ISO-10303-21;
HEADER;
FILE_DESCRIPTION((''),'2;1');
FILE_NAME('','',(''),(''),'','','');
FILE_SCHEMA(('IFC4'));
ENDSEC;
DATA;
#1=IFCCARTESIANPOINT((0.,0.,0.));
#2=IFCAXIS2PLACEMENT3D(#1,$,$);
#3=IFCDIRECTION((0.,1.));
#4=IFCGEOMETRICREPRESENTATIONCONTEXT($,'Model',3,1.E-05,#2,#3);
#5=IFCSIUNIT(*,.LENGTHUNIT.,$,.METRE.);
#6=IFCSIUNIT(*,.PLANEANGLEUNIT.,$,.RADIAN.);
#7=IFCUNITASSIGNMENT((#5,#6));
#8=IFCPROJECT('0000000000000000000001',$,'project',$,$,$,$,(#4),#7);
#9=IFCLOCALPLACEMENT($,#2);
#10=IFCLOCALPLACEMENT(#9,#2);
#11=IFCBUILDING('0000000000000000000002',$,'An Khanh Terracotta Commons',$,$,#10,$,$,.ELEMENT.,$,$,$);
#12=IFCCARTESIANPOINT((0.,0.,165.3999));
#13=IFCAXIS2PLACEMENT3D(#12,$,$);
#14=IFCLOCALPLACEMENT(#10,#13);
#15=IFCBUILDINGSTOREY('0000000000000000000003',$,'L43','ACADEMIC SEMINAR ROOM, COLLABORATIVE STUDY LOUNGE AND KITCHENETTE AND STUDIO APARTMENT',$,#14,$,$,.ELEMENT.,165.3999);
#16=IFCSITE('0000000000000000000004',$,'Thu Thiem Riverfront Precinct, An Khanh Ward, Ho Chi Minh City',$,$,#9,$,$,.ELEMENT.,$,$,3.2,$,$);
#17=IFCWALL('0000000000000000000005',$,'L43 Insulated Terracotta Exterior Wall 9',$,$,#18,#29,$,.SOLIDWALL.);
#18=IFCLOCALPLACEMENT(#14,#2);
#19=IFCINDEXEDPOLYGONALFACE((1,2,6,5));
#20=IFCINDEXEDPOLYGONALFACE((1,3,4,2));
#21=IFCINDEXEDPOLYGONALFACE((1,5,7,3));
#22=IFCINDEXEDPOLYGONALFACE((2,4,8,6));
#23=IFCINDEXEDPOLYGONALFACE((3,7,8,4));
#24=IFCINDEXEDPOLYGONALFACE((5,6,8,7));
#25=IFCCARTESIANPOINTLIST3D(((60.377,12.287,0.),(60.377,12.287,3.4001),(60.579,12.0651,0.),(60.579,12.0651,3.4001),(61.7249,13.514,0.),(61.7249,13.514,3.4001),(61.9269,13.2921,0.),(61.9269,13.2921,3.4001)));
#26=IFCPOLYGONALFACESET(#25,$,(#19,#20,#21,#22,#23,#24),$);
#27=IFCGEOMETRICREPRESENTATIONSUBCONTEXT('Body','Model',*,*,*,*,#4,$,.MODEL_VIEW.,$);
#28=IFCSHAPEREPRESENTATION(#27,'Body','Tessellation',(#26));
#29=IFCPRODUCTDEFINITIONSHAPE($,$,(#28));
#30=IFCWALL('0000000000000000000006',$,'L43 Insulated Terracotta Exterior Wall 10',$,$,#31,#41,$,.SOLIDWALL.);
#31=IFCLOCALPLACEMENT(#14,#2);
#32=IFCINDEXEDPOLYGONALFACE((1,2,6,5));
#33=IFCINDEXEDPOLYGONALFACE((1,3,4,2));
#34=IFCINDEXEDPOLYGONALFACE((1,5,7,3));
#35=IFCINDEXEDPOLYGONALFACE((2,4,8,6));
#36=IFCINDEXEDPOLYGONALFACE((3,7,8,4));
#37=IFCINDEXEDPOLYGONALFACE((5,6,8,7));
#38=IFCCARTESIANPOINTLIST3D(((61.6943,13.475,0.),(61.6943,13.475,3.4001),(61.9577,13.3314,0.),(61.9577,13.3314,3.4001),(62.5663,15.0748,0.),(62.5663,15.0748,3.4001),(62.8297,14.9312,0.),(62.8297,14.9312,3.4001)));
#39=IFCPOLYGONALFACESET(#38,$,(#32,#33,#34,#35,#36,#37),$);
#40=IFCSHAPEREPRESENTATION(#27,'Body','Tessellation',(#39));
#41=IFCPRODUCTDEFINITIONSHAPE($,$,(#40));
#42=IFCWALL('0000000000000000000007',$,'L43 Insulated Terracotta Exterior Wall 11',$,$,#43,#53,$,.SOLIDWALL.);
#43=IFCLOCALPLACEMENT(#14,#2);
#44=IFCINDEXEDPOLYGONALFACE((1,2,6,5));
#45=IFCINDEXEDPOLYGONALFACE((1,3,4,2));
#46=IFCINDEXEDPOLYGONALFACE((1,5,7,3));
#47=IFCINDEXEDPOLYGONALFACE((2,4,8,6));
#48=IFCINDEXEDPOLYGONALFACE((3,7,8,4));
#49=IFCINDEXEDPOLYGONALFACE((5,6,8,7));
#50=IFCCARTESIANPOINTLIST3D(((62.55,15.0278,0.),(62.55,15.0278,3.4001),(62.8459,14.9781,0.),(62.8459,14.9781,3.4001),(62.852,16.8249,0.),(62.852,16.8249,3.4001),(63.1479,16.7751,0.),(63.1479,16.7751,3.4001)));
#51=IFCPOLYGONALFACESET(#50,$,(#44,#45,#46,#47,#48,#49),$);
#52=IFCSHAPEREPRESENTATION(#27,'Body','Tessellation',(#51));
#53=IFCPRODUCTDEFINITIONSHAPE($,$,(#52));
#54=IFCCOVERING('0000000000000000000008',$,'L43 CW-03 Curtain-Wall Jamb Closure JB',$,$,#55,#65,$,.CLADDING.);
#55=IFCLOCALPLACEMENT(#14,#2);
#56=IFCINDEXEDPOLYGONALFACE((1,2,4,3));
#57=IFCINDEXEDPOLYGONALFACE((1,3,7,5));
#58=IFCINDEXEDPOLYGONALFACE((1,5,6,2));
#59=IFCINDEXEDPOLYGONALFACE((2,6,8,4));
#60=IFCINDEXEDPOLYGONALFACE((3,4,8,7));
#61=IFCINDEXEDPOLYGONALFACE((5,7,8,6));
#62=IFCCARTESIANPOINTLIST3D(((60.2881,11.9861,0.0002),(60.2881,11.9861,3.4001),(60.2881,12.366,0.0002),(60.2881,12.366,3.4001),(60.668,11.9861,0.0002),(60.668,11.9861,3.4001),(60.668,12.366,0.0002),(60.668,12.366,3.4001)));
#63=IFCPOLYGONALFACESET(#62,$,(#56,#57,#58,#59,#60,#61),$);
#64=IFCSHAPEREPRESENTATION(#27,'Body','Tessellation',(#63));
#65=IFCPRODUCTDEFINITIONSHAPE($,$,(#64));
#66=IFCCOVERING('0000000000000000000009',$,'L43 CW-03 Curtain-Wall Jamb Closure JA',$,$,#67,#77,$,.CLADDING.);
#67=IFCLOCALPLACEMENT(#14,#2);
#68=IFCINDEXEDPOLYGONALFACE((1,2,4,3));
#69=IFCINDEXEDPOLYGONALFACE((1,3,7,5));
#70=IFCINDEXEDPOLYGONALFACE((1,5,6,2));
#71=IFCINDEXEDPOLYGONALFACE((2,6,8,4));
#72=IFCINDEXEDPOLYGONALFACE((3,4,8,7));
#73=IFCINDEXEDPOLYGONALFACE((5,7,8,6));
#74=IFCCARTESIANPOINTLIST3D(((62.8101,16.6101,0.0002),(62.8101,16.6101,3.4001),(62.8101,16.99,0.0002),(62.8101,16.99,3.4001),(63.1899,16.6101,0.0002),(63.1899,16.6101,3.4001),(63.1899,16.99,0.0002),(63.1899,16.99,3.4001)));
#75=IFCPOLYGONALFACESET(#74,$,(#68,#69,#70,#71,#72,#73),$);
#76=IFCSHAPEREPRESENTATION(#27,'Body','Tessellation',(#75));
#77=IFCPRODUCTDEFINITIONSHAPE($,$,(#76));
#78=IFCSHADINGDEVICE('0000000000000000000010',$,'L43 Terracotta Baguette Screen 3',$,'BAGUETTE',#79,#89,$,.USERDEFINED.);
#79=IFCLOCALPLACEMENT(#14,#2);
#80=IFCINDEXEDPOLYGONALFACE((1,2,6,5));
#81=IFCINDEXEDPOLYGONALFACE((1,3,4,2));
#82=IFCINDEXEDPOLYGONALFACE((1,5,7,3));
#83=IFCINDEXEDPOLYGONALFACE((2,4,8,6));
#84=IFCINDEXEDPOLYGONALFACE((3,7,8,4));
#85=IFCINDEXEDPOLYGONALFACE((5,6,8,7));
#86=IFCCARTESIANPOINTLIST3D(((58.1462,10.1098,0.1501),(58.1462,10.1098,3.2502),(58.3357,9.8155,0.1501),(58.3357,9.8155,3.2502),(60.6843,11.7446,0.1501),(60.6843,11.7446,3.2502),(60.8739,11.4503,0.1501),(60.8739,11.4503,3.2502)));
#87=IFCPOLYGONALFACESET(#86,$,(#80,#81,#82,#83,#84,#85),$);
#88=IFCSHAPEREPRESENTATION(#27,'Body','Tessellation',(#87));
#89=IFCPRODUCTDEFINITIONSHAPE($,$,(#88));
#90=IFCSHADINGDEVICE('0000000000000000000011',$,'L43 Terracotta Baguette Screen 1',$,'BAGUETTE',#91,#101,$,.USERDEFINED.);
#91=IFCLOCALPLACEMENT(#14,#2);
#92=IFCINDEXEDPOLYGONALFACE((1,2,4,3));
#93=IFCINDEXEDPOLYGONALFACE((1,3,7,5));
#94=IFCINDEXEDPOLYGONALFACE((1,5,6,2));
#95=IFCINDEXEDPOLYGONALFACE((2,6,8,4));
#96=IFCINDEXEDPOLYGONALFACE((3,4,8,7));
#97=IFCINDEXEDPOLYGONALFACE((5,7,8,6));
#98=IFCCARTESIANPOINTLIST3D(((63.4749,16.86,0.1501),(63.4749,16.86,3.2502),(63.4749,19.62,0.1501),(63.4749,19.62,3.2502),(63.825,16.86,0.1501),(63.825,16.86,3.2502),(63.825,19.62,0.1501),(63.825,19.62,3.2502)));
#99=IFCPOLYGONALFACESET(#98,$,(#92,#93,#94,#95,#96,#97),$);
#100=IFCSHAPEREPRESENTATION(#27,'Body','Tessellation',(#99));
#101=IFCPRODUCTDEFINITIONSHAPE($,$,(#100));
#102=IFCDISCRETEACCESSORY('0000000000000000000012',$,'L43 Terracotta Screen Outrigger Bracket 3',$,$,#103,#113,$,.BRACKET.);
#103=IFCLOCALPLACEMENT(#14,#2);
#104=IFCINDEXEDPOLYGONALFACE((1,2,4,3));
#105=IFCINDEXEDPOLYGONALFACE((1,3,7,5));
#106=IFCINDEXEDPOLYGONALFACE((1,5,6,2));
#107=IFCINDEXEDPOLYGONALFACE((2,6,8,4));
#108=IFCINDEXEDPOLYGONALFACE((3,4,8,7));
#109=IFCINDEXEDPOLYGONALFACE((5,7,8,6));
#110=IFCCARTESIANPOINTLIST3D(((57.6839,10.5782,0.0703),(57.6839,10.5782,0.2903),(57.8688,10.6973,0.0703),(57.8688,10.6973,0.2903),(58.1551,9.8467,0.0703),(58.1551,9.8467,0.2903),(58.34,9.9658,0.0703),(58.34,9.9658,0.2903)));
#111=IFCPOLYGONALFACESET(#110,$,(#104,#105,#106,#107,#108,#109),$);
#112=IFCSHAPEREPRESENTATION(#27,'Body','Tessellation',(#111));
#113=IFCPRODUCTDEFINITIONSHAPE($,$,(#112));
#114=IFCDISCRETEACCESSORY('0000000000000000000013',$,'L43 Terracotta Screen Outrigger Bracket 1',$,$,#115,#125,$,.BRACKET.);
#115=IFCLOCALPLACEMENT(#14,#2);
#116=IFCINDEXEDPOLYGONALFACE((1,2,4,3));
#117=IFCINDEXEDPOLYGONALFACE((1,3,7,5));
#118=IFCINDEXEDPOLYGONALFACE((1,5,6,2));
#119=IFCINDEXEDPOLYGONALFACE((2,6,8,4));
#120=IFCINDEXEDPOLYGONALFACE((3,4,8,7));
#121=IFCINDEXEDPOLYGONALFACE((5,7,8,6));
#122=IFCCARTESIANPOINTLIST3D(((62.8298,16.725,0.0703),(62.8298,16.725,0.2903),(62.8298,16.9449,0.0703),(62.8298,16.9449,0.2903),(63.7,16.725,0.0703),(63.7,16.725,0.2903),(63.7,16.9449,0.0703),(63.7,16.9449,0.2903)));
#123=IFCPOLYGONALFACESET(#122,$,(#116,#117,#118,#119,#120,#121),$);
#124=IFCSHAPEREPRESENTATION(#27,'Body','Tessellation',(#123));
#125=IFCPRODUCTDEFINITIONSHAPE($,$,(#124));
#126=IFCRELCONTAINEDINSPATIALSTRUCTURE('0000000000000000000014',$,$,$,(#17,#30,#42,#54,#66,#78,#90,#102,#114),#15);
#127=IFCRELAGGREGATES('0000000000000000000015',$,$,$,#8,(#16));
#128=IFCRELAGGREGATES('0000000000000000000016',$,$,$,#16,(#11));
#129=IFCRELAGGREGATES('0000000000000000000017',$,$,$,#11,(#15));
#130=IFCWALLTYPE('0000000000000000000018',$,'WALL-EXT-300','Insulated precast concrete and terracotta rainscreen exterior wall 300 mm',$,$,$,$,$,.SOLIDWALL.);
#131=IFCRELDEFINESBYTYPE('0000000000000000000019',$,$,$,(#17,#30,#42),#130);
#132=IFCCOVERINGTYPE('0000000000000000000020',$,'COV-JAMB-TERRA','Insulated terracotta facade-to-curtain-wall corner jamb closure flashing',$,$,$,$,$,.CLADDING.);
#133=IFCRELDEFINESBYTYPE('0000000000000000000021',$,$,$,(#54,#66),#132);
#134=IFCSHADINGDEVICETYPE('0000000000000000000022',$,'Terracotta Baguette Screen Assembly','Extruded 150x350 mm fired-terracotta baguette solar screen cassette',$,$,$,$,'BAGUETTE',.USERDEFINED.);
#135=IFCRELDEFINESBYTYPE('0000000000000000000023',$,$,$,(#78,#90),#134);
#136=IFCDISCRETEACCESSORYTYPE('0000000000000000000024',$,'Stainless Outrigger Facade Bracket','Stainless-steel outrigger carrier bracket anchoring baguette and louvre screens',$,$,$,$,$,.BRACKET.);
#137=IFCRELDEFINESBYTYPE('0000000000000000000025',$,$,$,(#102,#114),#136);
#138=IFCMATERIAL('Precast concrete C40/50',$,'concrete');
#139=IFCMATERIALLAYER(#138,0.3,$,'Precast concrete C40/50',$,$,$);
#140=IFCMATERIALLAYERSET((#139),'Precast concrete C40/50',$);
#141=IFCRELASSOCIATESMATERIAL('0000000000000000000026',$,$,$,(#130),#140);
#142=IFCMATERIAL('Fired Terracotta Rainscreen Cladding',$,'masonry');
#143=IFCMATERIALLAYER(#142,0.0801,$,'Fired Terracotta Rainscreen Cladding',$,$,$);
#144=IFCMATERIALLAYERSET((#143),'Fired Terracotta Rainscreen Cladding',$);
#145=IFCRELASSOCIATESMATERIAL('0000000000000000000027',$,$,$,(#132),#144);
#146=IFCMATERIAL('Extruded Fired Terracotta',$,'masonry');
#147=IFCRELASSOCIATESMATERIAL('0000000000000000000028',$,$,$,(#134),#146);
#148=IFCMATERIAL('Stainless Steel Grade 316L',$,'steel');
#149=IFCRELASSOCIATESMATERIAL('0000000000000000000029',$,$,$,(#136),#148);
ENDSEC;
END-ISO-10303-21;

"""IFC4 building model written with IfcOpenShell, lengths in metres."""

from ifc_helpers import new_model, si_unit, direction, frame, frame_2d, origin, origin_2d, place, context, subcontext, project, spatial, rectangle, extrude, material, layer, layer_set, type_object, element, save


model = new_model("IFC4")

# Units and contexts
model_context = context("Model", 3, precision=1e-05, world=origin(), true_north=direction((0.0, 1.0)))
body_context = subcontext(model_context, "Body", "Model", "MODEL_VIEW")
ifc_project = project(units=[si_unit("LENGTHUNIT", "METRE"), si_unit("PLANEANGLEUNIT", "RADIAN")], contexts=[model_context])

# Site, building, storey
site_placement = place(None, origin())
site = spatial("IfcSite", under=ifc_project, at=site_placement, Name="Thu Thiem Riverfront Precinct, An Khanh Ward, Ho Chi Minh City", CompositionType="ELEMENT", RefElevation=3.2)
building_placement = place(site_placement, origin())
building = spatial("IfcBuilding", under=site, at=building_placement, Name="An Khanh Terracotta Commons", CompositionType="ELEMENT")
storey_placement = place(building_placement, frame((0.0, 0.0, 165.3999)))
storey = spatial("IfcBuildingStorey", under=building, at=storey_placement, Name="L43", Description="ACADEMIC SEMINAR ROOM, COLLABORATIVE STUDY LOUNGE AND KITCHENETTE AND STUDIO APARTMENT", CompositionType="ELEMENT", Elevation=165.3999)

# Walls
ifc_material_1 = material(Name="Precast concrete C40/50", Category="concrete")
ifc_layer_1 = layer(ifc_material_1, 0.3, Name="Precast concrete C40/50")
ifc_layer_set_1 = layer_set([ifc_layer_1], Name="Precast concrete C40/50")
wall_type = type_object("IfcWallType", Name="WALL-EXT-300", Description="Insulated precast concrete and terracotta rainscreen exterior wall 300 mm", PredefinedType="SOLIDWALL", material=ifc_layer_set_1)
wall_1_placement = place(storey_placement, frame((60.478, 12.176, 0.0), z_axis=(0.0, 0.0, 1.0), x_axis=(0.739479, 0.673179, 0.0)))
element("IfcWall", 1, at=wall_1_placement, inside=storey, type_object=wall_type, Name="L43 Insulated Terracotta Exterior Wall 9", PredefinedType="SOLIDWALL", context=body_context, shape_type="SweptSolid", body=[
    extrude(rectangle(XDim=1.8228, YDim=0.3, at=frame_2d((0.9114, 0.0))), origin(), (0.0, 0.0, 1.0), 3.4001),
])
wall_2_placement = place(storey_placement, frame((61.8259, 13.4031, 0.0), z_axis=(0.0, 0.0, 1.0), x_axis=(0.478608, 0.878029, 0.0)))
element("IfcWall", 2, at=wall_2_placement, inside=storey, type_object=wall_type, Name="L43 Insulated Terracotta Exterior Wall 10", PredefinedType="SOLIDWALL", context=body_context, shape_type="SweptSolid", body=[
    extrude(rectangle(XDim=1.822, YDim=0.3, at=frame_2d((0.9111, 0.0))), origin(), (0.0, 0.0, 1.0), 3.4001),
])
wall_3_placement = place(storey_placement, frame((62.698, 15.0029, 0.0), z_axis=(0.0, 0.0, 1.0), x_axis=(0.165724, 0.986172, 0.0)))
element("IfcWall", 3, at=wall_3_placement, inside=storey, type_object=wall_type, Name="L43 Insulated Terracotta Exterior Wall 11", PredefinedType="SOLIDWALL", context=body_context, shape_type="SweptSolid", body=[
    extrude(rectangle(XDim=1.8223, YDim=0.3, at=frame_2d((0.9111, 0.0))), origin(), (0.0, 0.0, 1.0), 3.4001),
])

# Coverings
ifc_material_2 = material(Name="Fired Terracotta Rainscreen Cladding", Category="masonry")
ifc_layer_2 = layer(ifc_material_2, 0.0801, Name="Fired Terracotta Rainscreen Cladding")
ifc_layer_set_2 = layer_set([ifc_layer_2], Name="Fired Terracotta Rainscreen Cladding")
covering_type = type_object("IfcCoveringType", Name="COV-JAMB-TERRA", Description="Insulated terracotta facade-to-curtain-wall corner jamb closure flashing", PredefinedType="CLADDING", material=ifc_layer_set_2)
for number, where, z_axis, x_axis, name in (
    (4, (60.478, 12.176, 0.0002), (0.0, 0.0, 1.0), (1.0, 0.0, 0.0), "L43 CW-03 Curtain-Wall Jamb Closure JB"),
    (5, (63.0, 16.8, 0.0002), (0.0, 0.0, 1.0), (1.0, 0.0, 0.0), "L43 CW-03 Curtain-Wall Jamb Closure JA"),
):
    element("IfcCovering", number, at=place(storey_placement, frame(where, z_axis=z_axis, x_axis=x_axis)), inside=storey, type_object=covering_type, Name=name, PredefinedType="CLADDING", context=body_context, shape_type="SweptSolid", body=[
        extrude(rectangle(XDim=0.3799, YDim=0.3799, at=origin_2d()), origin(), (0.0, 0.0, 1.0), 3.3999),
    ])

# Shading devices
ifc_material_3 = material(Name="Extruded Fired Terracotta", Category="masonry")
shading_device_type = type_object("IfcShadingDeviceType", Name="Terracotta Baguette Screen Assembly", Description="Extruded 150x350 mm fired-terracotta baguette solar screen cassette", ElementType="BAGUETTE", PredefinedType="USERDEFINED", material=ifc_material_3)
shading_device_1_placement = place(storey_placement, frame((59.51, 10.78, 0.1501), z_axis=(0.0, 0.0, 1.0), x_axis=(0.840702, 0.541498, 0.0)))
element("IfcShadingDevice", 6, at=shading_device_1_placement, inside=storey, type_object=shading_device_type, Name="L43 Terracotta Baguette Screen 3", ObjectType="BAGUETTE", PredefinedType="USERDEFINED", context=body_context, shape_type="SweptSolid", body=[
    extrude(rectangle(XDim=3.019, YDim=0.3501, at=origin_2d()), origin(), (0.0, 0.0, 1.0), 3.1001),
])
shading_device_2_placement = place(storey_placement, frame((63.6499, 18.24, 0.1501), z_axis=(0.0, 0.0, 1.0), x_axis=(0.0, 1.0, 0.0)))
element("IfcShadingDevice", 7, at=shading_device_2_placement, inside=storey, type_object=shading_device_type, Name="L43 Terracotta Baguette Screen 1", ObjectType="BAGUETTE", PredefinedType="USERDEFINED", context=body_context, shape_type="SweptSolid", body=[
    extrude(rectangle(XDim=2.76, YDim=0.3501, at=origin_2d()), origin(), (0.0, 0.0, 1.0), 3.1001),
])

# Discrete accessories
ifc_material_4 = material(Name="Stainless Steel Grade 316L", Category="steel")
discrete_accessory_type = type_object("IfcDiscreteAccessoryType", Name="Stainless Outrigger Facade Bracket", Description="Stainless-steel outrigger carrier bracket anchoring baguette and louvre screens", PredefinedType="BRACKET", material=ifc_material_4)
for number, where, z_axis, x_axis, name in (
    (8, (58.012, 10.272, 0.0703), (0.0, 0.0, 1.0), (0.840702, 0.541498, 0.0), "L43 Terracotta Screen Outrigger Bracket 3"),
    (9, (63.2649, 16.835, 0.0703), (0.0, 0.0, 1.0), (0.0, 1.0, 0.0), "L43 Terracotta Screen Outrigger Bracket 1"),
):
    element("IfcDiscreteAccessory", number, at=place(storey_placement, frame(where, z_axis=z_axis, x_axis=x_axis)), inside=storey, type_object=discrete_accessory_type, Name=name, PredefinedType="BRACKET", context=body_context, shape_type="SweptSolid", body=[
        extrude(rectangle(XDim=0.22, YDim=0.8701, at=origin_2d()), origin(), (0.0, 0.0, 1.0), 0.22),
    ])

save(model, "model.ifc")
